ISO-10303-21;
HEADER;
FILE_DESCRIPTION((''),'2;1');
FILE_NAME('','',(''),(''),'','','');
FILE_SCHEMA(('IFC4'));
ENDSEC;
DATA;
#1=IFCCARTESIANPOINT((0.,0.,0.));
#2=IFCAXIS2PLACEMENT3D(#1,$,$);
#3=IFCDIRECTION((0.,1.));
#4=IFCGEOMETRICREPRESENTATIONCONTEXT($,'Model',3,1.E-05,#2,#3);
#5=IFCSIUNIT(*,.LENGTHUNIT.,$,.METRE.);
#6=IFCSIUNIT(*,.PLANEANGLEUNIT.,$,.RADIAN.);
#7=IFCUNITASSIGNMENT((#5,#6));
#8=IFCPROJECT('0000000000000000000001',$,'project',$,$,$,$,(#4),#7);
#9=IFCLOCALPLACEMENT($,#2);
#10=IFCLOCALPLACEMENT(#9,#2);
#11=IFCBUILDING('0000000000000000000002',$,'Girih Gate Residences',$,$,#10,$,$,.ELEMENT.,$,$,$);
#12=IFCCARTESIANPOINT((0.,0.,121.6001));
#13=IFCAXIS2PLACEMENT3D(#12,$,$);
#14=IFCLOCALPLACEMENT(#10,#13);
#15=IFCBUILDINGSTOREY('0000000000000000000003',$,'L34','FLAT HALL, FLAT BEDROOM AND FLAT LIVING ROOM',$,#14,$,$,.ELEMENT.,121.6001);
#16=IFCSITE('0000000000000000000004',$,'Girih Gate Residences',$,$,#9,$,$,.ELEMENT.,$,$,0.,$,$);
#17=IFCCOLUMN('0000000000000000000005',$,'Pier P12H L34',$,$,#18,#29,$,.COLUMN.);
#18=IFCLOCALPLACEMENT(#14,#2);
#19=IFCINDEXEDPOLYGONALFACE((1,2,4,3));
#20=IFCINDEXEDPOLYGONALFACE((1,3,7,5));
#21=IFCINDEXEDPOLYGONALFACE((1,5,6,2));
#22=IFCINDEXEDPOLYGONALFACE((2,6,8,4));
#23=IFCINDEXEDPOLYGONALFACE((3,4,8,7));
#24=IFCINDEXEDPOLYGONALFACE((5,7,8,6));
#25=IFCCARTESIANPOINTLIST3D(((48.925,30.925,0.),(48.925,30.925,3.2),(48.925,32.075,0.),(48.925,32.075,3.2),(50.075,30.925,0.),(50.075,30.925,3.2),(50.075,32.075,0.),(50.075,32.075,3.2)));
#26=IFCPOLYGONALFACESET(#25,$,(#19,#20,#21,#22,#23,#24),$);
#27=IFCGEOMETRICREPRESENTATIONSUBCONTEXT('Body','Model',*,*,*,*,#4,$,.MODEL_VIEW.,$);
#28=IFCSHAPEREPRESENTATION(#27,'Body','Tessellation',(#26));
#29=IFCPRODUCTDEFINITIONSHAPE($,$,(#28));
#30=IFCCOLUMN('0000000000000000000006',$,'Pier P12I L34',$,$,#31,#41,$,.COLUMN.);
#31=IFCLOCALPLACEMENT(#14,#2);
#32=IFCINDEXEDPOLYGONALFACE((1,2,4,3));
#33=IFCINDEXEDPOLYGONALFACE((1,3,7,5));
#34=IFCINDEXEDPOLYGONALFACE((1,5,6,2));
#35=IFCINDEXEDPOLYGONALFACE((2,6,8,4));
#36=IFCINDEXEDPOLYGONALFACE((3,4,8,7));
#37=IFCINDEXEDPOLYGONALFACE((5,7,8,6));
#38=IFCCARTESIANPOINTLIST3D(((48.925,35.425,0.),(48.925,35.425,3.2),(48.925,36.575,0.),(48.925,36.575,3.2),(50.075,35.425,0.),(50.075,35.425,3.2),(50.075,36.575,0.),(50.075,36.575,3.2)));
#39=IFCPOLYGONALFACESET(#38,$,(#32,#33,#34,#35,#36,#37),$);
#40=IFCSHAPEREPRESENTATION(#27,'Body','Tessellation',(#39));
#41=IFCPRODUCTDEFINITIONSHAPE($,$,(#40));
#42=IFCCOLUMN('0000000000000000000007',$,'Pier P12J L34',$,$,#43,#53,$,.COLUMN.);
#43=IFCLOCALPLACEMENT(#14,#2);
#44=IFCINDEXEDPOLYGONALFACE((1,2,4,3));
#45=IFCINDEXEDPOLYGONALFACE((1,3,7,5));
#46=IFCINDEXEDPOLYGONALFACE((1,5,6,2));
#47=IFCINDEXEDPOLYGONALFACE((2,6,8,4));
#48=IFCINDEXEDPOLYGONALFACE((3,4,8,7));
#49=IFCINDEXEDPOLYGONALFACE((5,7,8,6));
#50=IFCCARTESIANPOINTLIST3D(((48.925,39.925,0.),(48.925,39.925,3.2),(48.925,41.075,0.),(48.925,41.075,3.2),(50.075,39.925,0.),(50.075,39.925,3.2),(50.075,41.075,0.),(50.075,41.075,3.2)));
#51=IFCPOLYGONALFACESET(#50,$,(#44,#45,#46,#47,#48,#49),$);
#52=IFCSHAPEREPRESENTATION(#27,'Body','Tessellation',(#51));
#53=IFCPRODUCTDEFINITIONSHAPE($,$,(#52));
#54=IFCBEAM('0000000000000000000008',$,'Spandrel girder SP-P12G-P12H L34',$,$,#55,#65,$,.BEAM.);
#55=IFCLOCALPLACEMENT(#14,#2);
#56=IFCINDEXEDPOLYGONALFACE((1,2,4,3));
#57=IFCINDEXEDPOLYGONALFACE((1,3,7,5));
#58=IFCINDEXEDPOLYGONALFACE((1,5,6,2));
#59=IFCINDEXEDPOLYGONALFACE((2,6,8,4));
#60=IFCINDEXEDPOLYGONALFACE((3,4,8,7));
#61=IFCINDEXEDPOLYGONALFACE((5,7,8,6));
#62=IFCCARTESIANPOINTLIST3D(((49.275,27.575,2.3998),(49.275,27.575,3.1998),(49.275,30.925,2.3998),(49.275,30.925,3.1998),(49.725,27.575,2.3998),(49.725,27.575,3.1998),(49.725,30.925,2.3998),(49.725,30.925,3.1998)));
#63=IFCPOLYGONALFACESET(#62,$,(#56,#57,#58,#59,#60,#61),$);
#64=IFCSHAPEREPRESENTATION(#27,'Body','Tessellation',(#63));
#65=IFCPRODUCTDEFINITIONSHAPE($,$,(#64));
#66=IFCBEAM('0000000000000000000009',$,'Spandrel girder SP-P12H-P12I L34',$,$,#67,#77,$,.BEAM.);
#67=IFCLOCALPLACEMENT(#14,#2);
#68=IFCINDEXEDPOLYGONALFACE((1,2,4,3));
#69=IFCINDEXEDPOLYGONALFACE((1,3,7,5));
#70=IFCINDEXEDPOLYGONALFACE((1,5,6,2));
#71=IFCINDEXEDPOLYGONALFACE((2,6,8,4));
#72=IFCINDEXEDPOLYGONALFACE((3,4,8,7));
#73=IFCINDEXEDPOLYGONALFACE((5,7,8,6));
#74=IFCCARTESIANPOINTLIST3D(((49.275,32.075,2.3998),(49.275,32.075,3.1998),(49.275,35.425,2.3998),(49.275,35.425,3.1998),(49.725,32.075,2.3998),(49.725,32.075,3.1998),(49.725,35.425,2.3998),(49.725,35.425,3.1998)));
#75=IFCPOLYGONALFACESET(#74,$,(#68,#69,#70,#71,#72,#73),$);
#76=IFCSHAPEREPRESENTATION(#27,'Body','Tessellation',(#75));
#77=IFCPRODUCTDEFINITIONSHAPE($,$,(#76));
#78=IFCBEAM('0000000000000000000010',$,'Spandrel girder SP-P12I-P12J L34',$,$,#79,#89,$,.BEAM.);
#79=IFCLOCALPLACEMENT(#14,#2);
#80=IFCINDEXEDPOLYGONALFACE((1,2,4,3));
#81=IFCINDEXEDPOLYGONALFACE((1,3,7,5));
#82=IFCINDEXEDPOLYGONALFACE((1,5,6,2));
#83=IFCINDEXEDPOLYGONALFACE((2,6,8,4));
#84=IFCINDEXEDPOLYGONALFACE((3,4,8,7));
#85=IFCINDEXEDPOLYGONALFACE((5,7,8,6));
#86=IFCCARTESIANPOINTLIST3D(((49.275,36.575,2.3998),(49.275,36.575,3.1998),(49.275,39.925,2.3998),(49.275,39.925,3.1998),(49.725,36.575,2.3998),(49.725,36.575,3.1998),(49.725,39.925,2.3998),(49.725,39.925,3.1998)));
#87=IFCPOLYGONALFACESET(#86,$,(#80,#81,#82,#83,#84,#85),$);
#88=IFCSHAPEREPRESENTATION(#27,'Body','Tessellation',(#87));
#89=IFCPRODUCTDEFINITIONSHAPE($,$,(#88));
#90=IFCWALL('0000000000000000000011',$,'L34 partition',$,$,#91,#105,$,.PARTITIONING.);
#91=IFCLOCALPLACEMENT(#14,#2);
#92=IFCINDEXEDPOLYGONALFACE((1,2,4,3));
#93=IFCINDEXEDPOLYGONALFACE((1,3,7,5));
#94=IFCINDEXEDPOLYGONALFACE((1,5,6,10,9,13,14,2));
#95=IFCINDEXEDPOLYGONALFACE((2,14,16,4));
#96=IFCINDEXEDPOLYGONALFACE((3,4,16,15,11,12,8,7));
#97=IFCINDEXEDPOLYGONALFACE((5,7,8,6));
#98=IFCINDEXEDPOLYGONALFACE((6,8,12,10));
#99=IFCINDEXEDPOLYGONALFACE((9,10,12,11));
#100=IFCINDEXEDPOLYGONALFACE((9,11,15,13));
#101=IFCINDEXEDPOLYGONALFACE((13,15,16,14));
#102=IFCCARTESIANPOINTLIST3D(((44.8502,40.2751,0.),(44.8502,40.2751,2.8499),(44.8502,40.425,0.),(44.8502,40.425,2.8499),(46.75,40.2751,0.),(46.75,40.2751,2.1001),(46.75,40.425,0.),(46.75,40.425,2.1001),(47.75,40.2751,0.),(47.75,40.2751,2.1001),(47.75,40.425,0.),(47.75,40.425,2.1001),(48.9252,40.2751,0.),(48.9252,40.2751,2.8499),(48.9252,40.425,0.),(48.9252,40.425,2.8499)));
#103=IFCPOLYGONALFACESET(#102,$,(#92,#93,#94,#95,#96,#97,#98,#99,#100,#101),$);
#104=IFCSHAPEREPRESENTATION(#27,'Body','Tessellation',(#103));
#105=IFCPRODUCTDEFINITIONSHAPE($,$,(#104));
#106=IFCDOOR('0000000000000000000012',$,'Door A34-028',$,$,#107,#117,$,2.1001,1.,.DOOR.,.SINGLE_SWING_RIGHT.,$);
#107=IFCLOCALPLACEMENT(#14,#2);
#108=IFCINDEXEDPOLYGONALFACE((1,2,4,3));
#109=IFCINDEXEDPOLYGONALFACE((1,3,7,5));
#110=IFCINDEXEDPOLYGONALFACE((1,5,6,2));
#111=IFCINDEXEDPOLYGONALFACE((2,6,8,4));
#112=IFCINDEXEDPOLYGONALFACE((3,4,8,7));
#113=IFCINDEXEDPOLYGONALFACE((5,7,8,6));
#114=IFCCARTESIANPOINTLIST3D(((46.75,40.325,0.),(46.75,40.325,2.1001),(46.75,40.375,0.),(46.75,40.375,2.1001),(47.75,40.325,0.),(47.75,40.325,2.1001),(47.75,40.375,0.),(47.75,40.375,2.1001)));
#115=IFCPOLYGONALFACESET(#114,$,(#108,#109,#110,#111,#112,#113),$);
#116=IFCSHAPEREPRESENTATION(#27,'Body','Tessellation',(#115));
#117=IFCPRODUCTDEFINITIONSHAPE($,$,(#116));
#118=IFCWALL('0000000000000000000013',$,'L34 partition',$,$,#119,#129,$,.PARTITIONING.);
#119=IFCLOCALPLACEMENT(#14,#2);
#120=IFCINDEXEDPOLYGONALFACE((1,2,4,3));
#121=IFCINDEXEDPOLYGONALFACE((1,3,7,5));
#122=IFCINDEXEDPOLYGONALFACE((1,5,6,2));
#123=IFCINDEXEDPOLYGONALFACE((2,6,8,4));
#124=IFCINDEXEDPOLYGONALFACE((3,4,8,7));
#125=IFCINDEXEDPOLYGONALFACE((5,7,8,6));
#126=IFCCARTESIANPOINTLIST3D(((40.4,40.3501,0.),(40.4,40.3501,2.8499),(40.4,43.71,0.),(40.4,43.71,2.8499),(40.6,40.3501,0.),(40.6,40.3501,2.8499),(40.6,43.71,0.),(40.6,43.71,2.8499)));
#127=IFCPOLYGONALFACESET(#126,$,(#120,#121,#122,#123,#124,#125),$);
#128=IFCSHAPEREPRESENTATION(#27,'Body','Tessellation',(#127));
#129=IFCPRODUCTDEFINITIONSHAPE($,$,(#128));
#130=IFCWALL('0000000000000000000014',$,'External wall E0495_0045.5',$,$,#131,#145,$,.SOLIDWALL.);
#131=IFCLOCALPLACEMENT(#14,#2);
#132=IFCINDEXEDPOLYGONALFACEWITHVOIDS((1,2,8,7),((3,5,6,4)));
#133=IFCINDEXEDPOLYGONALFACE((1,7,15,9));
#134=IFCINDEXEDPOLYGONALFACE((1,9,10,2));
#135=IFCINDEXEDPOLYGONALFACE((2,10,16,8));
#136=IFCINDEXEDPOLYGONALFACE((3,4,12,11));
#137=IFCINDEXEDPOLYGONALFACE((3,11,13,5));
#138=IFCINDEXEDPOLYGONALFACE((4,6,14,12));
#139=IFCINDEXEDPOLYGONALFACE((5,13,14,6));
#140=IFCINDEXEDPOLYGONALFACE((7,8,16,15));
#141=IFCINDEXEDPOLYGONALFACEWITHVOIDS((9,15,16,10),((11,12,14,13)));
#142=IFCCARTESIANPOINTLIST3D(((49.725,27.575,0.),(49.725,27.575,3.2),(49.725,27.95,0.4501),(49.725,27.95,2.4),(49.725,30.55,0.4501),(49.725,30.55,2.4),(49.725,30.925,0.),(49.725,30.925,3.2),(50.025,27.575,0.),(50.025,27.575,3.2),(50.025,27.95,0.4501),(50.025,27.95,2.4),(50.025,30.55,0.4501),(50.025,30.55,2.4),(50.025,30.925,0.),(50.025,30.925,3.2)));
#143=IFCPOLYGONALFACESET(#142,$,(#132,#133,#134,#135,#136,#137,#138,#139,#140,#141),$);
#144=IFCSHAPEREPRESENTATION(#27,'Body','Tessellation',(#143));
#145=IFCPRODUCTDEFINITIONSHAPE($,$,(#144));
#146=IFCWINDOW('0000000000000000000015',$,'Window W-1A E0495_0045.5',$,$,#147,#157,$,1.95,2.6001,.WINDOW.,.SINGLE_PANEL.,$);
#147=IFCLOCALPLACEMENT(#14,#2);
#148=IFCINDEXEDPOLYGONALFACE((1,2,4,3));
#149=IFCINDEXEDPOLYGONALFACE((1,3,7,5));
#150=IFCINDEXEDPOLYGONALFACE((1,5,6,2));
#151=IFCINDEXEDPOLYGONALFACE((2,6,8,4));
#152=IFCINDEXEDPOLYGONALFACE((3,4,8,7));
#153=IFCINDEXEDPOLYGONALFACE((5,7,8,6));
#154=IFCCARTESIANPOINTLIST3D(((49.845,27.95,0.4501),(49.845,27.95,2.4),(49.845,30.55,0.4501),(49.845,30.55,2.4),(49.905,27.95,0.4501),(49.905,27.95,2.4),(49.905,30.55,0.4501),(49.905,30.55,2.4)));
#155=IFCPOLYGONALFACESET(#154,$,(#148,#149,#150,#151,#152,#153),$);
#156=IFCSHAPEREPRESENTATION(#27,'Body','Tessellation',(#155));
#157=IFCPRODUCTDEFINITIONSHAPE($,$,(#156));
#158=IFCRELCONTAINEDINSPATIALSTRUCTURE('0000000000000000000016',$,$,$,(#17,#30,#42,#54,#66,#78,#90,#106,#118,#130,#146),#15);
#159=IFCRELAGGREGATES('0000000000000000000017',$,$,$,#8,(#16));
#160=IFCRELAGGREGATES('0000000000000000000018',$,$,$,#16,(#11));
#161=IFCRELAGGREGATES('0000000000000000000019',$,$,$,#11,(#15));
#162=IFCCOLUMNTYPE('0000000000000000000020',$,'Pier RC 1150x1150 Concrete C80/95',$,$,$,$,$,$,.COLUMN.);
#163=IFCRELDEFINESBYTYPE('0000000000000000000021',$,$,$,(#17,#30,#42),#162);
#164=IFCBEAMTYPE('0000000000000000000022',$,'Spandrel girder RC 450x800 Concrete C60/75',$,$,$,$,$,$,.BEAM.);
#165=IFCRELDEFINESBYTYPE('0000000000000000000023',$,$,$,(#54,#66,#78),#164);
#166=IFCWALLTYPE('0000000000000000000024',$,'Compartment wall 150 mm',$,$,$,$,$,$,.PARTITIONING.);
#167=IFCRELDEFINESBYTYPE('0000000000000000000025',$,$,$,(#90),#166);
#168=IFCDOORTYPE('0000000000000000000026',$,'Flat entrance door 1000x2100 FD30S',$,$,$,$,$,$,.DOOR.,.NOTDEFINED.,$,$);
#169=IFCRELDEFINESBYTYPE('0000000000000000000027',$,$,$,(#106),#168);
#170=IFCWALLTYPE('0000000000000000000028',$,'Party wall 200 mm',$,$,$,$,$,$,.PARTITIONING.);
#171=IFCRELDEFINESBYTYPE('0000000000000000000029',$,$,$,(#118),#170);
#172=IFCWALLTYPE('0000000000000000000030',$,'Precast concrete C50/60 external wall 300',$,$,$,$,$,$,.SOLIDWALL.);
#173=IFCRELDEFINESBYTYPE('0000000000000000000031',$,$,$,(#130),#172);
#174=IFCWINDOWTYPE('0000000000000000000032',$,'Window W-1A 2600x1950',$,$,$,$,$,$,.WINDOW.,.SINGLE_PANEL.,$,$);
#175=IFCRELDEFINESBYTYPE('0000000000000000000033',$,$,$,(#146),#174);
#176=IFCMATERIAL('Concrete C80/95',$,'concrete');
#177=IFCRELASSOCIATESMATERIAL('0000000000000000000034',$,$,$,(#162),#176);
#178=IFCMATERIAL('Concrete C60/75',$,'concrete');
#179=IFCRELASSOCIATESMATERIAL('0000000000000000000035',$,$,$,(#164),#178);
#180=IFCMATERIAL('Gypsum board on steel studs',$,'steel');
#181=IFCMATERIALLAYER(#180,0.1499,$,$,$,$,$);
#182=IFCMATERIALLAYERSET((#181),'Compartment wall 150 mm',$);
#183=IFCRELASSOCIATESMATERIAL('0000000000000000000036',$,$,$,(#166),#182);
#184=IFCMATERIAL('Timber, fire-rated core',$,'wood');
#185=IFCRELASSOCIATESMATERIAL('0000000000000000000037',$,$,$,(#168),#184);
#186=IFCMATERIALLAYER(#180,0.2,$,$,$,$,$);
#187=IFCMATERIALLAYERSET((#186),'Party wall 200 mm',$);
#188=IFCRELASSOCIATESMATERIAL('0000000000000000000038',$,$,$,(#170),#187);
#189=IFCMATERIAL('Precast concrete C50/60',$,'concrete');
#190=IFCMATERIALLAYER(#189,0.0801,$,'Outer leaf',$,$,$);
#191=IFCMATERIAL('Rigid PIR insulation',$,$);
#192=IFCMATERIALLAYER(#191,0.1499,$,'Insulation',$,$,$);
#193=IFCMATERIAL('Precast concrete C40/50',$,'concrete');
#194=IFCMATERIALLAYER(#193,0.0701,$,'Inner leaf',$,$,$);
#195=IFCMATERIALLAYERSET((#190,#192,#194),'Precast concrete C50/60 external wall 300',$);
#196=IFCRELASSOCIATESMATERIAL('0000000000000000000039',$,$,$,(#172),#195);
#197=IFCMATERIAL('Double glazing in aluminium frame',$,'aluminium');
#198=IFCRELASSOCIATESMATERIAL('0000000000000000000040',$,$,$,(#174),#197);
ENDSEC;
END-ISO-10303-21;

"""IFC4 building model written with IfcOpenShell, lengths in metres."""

from ifc_helpers import new_model, si_unit, direction, frame, frame_2d, origin, origin_2d, place, context, subcontext, project, spatial, rectangle, extrude, material, layer, layer_set, material_profile, profile_set, type_object, element, fill, save


model = new_model("IFC4")

# Units and contexts
model_context = context("Model", 3, precision=1e-05, world=origin(), true_north=direction((0.0, 1.0)))
body_context = subcontext(model_context, "Body", "Model", "MODEL_VIEW")
ifc_project = project(units=[si_unit("LENGTHUNIT", "METRE"), si_unit("PLANEANGLEUNIT", "RADIAN")], contexts=[model_context])

# Site, building, storey
site_placement = place(None, origin())
site = spatial("IfcSite", under=ifc_project, at=site_placement, Name="Girih Gate Residences", CompositionType="ELEMENT", RefElevation=0.0)
building_placement = place(site_placement, origin())
building = spatial("IfcBuilding", under=site, at=building_placement, Name="Girih Gate Residences", CompositionType="ELEMENT")
storey_placement = place(building_placement, frame((0.0, 0.0, 121.6001)))
storey = spatial("IfcBuildingStorey", under=building, at=storey_placement, Name="L34", Description="FLAT HALL, FLAT BEDROOM AND FLAT LIVING ROOM", CompositionType="ELEMENT", Elevation=121.6001)

# Columns
ifc_material_1 = material(Name="Concrete C80/95", Category="concrete")
ifc_material_profile_1 = material_profile(ifc_material_1, rectangle(XDim=1.1499, YDim=1.1499, at=origin_2d()))
ifc_profile_set_1 = profile_set([ifc_material_profile_1], Name="Concrete C80/95")
column_type = type_object("IfcColumnType", Name="Pier RC 1150x1150 Concrete C80/95", PredefinedType="COLUMN", material=ifc_profile_set_1)
for number, where, z_axis, x_axis, name in (
    (1, (49.5, 31.5, 0.0), (0.0, 0.0, 1.0), (1.0, 0.0, 0.0), "Pier P12H L34"),
    (2, (49.5, 36.0, 0.0), (0.0, 0.0, 1.0), (1.0, 0.0, 0.0), "Pier P12I L34"),
    (3, (49.5, 40.5, 0.0), (0.0, 0.0, 1.0), (1.0, 0.0, 0.0), "Pier P12J L34"),
):
    element("IfcColumn", number, at=place(storey_placement, frame(where, z_axis=z_axis, x_axis=x_axis)), inside=storey, type_object=column_type, Name=name, PredefinedType="COLUMN", context=body_context, shape_type="SweptSolid", body=[
        extrude(rectangle(XDim=1.1499, YDim=1.1499, at=origin_2d()), origin(), (0.0, 0.0, 1.0), 3.2),
    ])

# Beams
ifc_material_2 = material(Name="Concrete C60/75", Category="concrete")
ifc_material_profile_2 = material_profile(ifc_material_2, rectangle(XDim=0.45, YDim=0.8, at=origin_2d()))
ifc_profile_set_2 = profile_set([ifc_material_profile_2], Name="Concrete C60/75")
beam_type = type_object("IfcBeamType", Name="Spandrel girder RC 450x800 Concrete C60/75", PredefinedType="BEAM", material=ifc_profile_set_2)
for number, where, z_axis, x_axis, name in (
    (4, (49.5, 27.575, 2.7998), (0.0, 1.0, 0.0), (-1.0, 0.0, 0.0), "Spandrel girder SP-P12G-P12H L34"),
    (5, (49.5, 32.075, 2.7998), (0.0, 1.0, 0.0), (-1.0, 0.0, 0.0), "Spandrel girder SP-P12H-P12I L34"),
    (6, (49.5, 36.575, 2.7998), (0.0, 1.0, 0.0), (-1.0, 0.0, 0.0), "Spandrel girder SP-P12I-P12J L34"),
):
    element("IfcBeam", number, at=place(storey_placement, frame(where, z_axis=z_axis, x_axis=x_axis)), inside=storey, type_object=beam_type, Name=name, PredefinedType="BEAM", context=body_context, shape_type="SweptSolid", body=[
        extrude(rectangle(XDim=0.45, YDim=0.8, at=origin_2d()), origin(), (0.0, 0.0, 1.0), 3.3501),
    ])

# Wall, opening, door
ifc_material_3 = material(Name="Gypsum board on steel studs", Category="steel")
ifc_layer_1 = layer(ifc_material_3, 0.1499)
ifc_layer_set_1 = layer_set([ifc_layer_1], Name="Compartment wall 150 mm")
wall_type_1 = type_object("IfcWallType", Name="Compartment wall 150 mm", PredefinedType="PARTITIONING", material=ifc_layer_set_1)
wall_1_placement = place(storey_placement, frame((44.8501, 40.3501, 0.0), z_axis=(0.0, 0.0, 1.0), x_axis=(1.0, 0.0, 0.0)))
wall_1 = element("IfcWall", 7, at=wall_1_placement, inside=storey, type_object=wall_type_1, Name="L34 partition", PredefinedType="PARTITIONING", context=body_context, shape_type="SweptSolid", body=[
    extrude(rectangle(XDim=4.075, YDim=0.1499, at=frame_2d((2.0376, 0.0))), origin(), (0.0, 0.0, 1.0), 2.8499),
])
opening_1_placement = place(wall_1_placement, frame((1.8999, 0.0, 0.0)))
opening_1 = element("IfcOpeningElement", 8, at=opening_1_placement, cuts=wall_1, PredefinedType="OPENING", context=body_context, shape_type="SweptSolid", body=[
    extrude(rectangle(XDim=1.0, YDim=2.1001, at=frame_2d((0.5, 1.05))), frame((0.0, 0.085, 0.0), z_axis=(0.0, -1.0, 0.0), x_axis=(1.0, 0.0, 0.0)), (0.0, 0.0, 1.0), 0.1699),
])
ifc_material_4 = material(Name="Timber, fire-rated core", Category="wood")
door_type_1 = type_object("IfcDoorType", Name="Flat entrance door 1000x2100 FD30S", OperationType="NOTDEFINED", PredefinedType="DOOR", material=ifc_material_4)
door_1_placement = place(opening_1_placement, origin())
door_1 = element("IfcDoor", 9, at=door_1_placement, inside=storey, type_object=door_type_1, Name="Door A34-028", OperationType="SINGLE_SWING_RIGHT", OverallHeight=2.1001, OverallWidth=1.0, PredefinedType="DOOR", context=body_context, shape_type="SweptSolid", body=[
    extrude(rectangle(XDim=1.0, YDim=2.1001, at=frame_2d((0.5, 1.05))), frame((0.0, 0.0249, 0.0), z_axis=(0.0, -1.0, 0.0), x_axis=(1.0, 0.0, 0.0)), (0.0, 0.0, 1.0), 0.05),
])
fill(opening_1, door_1)

# Wall
ifc_layer_2 = layer(ifc_material_3, 0.2)
ifc_layer_set_2 = layer_set([ifc_layer_2], Name="Party wall 200 mm")
wall_type_2 = type_object("IfcWallType", Name="Party wall 200 mm", PredefinedType="PARTITIONING", material=ifc_layer_set_2)
wall_2_placement = place(storey_placement, frame((40.5, 40.3501, 0.0), z_axis=(0.0, 0.0, 1.0), x_axis=(0.0, 1.0, 0.0)))
element("IfcWall", 10, at=wall_2_placement, inside=storey, type_object=wall_type_2, Name="L34 partition", PredefinedType="PARTITIONING", context=body_context, shape_type="SweptSolid", body=[
    extrude(rectangle(XDim=3.3599, YDim=0.2, at=frame_2d((1.6799, 0.0))), origin(), (0.0, 0.0, 1.0), 2.8499),
])

# Wall, opening, window
ifc_material_5 = material(Name="Precast concrete C50/60", Category="concrete")
ifc_layer_3 = layer(ifc_material_5, 0.0801, Name="Outer leaf")
ifc_material_6 = material(Name="Rigid PIR insulation")
ifc_layer_4 = layer(ifc_material_6, 0.1499, Name="Insulation")
ifc_material_7 = material(Name="Precast concrete C40/50", Category="concrete")
ifc_layer_5 = layer(ifc_material_7, 0.0701, Name="Inner leaf")
ifc_layer_set_3 = layer_set([ifc_layer_3, ifc_layer_4, ifc_layer_5], Name="Precast concrete C50/60 external wall 300")
wall_type_3 = type_object("IfcWallType", Name="Precast concrete C50/60 external wall 300", PredefinedType="SOLIDWALL", material=ifc_layer_set_3)
wall_3_placement = place(storey_placement, frame((49.875, 30.925, 0.0), z_axis=(0.0, 0.0, 1.0), x_axis=(0.0, -1.0, 0.0)))
wall_3 = element("IfcWall", 11, at=wall_3_placement, inside=storey, type_object=wall_type_3, Name="External wall E0495_0045.5", PredefinedType="SOLIDWALL", context=body_context, shape_type="SweptSolid", body=[
    extrude(rectangle(XDim=3.3501, YDim=0.3, at=frame_2d((1.675, 0.0))), origin(), (0.0, 0.0, 1.0), 3.2),
])
opening_2_placement = place(wall_3_placement, frame((0.375, 0.0, 0.45)))
opening_2 = element("IfcOpeningElement", 12, at=opening_2_placement, cuts=wall_3, PredefinedType="OPENING", context=body_context, shape_type="SweptSolid", body=[
    extrude(rectangle(XDim=2.6001, YDim=1.95, at=frame_2d((1.3, 0.9751))), frame((0.0, 0.1599, 0.0), z_axis=(0.0, -1.0, 0.0), x_axis=(1.0, 0.0, 0.0)), (0.0, 0.0, 1.0), 0.3201),
])
ifc_material_8 = material(Name="Double glazing in aluminium frame", Category="aluminium")
window_type = type_object("IfcWindowType", Name="Window W-1A 2600x1950", PartitioningType="SINGLE_PANEL", PredefinedType="WINDOW", material=ifc_material_8)
window_1_placement = place(opening_2_placement, origin())
window_1 = element("IfcWindow", 13, at=window_1_placement, inside=storey, type_object=window_type, Name="Window W-1A E0495_0045.5", OverallHeight=1.95, OverallWidth=2.6001, PartitioningType="SINGLE_PANEL", PredefinedType="WINDOW", context=body_context, shape_type="SweptSolid", body=[
    extrude(rectangle(XDim=2.6001, YDim=1.95, at=frame_2d((1.3, 0.9751))), frame((0.0, 0.03, 0.0), z_axis=(0.0, -1.0, 0.0), x_axis=(1.0, 0.0, 0.0)), (0.0, 0.0, 1.0), 0.0601),
])
fill(opening_2, window_1)

save(model, "model.ifc")
